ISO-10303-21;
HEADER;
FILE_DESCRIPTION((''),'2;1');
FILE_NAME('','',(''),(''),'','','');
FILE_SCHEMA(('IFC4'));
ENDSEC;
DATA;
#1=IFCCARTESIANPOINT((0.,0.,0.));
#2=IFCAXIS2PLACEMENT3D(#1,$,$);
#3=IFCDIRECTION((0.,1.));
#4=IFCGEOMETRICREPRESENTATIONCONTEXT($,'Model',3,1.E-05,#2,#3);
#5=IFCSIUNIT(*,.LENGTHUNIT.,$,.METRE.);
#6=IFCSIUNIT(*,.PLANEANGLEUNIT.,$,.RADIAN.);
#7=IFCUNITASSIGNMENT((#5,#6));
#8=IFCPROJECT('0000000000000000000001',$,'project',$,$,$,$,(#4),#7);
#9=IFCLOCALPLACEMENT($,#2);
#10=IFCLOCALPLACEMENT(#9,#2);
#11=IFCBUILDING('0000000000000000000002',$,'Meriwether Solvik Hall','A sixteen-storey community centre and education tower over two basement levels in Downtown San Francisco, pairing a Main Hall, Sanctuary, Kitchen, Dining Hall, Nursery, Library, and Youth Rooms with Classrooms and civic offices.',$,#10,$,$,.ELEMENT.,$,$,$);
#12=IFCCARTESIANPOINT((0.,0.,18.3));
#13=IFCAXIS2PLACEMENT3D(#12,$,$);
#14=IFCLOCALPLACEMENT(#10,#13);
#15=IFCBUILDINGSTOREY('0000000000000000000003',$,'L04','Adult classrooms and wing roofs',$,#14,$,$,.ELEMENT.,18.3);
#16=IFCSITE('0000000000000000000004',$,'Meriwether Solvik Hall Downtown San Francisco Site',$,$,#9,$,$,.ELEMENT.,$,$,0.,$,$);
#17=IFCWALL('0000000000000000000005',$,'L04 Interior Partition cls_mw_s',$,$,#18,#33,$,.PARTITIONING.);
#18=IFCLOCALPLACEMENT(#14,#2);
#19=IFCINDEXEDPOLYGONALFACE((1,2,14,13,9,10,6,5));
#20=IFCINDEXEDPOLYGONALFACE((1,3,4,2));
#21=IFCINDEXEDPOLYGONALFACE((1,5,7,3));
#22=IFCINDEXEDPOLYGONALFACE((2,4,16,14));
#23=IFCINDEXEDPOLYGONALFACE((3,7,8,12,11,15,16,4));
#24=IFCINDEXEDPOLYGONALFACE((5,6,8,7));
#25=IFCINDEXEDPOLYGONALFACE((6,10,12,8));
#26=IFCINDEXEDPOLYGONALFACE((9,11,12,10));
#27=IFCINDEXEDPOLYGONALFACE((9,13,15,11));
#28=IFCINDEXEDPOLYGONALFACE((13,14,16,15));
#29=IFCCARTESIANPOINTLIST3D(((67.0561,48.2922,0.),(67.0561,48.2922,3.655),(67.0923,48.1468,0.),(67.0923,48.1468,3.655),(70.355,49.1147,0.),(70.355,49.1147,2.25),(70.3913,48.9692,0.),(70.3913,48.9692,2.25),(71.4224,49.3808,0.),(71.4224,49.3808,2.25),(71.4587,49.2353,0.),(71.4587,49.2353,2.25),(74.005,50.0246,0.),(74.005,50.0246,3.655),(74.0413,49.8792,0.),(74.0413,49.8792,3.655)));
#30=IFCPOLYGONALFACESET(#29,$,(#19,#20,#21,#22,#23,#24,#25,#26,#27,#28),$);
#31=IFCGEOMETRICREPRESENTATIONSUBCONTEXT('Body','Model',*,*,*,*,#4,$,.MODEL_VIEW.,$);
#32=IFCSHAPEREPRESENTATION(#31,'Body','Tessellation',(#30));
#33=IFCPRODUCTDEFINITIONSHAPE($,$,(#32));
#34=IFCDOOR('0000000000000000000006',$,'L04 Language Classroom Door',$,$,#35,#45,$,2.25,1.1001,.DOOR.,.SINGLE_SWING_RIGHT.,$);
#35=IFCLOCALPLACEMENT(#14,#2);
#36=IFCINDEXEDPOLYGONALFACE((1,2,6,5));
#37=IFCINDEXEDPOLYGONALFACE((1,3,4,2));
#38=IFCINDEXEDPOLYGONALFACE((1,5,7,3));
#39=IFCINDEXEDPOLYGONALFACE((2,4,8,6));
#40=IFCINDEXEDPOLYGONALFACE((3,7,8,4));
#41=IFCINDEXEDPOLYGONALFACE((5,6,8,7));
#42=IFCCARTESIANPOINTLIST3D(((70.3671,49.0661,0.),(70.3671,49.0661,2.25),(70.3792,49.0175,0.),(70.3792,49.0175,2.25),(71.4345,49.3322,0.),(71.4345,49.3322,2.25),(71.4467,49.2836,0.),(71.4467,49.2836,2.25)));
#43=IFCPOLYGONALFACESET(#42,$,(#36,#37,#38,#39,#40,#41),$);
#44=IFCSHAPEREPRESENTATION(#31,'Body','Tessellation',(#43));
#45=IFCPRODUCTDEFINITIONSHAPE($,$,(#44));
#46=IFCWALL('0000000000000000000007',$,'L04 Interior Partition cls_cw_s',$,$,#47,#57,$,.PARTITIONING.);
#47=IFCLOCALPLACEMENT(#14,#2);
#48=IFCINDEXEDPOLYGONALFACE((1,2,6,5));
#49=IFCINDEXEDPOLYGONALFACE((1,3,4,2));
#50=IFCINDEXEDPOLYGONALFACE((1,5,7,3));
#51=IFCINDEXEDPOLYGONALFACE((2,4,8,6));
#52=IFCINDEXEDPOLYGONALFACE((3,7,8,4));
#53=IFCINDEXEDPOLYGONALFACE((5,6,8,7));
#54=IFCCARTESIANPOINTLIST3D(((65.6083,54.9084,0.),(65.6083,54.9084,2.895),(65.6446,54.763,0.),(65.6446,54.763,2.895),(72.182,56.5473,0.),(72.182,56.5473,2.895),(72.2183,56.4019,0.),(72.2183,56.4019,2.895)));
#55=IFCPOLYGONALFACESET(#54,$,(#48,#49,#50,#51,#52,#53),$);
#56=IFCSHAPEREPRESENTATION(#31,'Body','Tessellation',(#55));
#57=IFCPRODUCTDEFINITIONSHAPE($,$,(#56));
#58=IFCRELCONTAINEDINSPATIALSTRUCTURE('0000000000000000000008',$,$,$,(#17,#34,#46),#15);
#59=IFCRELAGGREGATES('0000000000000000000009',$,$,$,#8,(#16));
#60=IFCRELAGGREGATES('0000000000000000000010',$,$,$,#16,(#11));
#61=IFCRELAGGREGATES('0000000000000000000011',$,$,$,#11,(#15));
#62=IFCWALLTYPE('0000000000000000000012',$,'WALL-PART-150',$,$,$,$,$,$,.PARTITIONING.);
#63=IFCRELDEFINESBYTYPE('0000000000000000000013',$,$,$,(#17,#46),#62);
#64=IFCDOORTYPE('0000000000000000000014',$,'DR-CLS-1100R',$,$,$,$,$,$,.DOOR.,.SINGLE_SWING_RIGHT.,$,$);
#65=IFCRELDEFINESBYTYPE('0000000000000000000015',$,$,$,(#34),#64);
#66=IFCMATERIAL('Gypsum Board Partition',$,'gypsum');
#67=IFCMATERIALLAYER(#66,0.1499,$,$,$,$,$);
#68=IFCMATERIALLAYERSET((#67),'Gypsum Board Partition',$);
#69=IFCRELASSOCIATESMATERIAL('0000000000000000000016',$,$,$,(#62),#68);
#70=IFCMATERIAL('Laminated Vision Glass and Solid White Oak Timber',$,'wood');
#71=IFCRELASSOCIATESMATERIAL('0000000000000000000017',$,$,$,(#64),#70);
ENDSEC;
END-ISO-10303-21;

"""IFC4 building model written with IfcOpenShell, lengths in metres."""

from ifc_helpers import new_model, si_unit, direction, frame, frame_2d, origin, place, context, subcontext, project, spatial, rectangle, extrude, material, layer, layer_set, type_object, element, fill, save


model = new_model("IFC4")

# Units and contexts
model_context = context("Model", 3, precision=1e-05, world=origin(), true_north=direction((0.0, 1.0)))
body_context = subcontext(model_context, "Body", "Model", "MODEL_VIEW")
ifc_project = project(units=[si_unit("LENGTHUNIT", "METRE"), si_unit("PLANEANGLEUNIT", "RADIAN")], contexts=[model_context])

# Site, building, storey
site_placement = place(None, origin())
site = spatial("IfcSite", under=ifc_project, at=site_placement, Name="Meriwether Solvik Hall Downtown San Francisco Site", CompositionType="ELEMENT", RefElevation=0.0)
building_placement = place(site_placement, origin())
building = spatial("IfcBuilding", under=site, at=building_placement, Name="Meriwether Solvik Hall", Description="A sixteen-storey community centre and education tower over two basement levels in Downtown San Francisco, pairing a Main Hall, Sanctuary, Kitchen, Dining Hall, Nursery, Library, and Youth Rooms with Classrooms and civic offices.", CompositionType="ELEMENT")
storey_placement = place(building_placement, frame((0.0, 0.0, 18.3)))
storey = spatial("IfcBuildingStorey", under=building, at=storey_placement, Name="L04", Description="Adult classrooms and wing roofs", CompositionType="ELEMENT", Elevation=18.3)

# Wall, opening, door
ifc_material_1 = material(Name="Gypsum Board Partition", Category="gypsum")
ifc_layer_1 = layer(ifc_material_1, 0.1499)
ifc_layer_set_1 = layer_set([ifc_layer_1], Name="Gypsum Board Partition")
wall_type_1 = type_object("IfcWallType", Name="WALL-PART-150", PredefinedType="PARTITIONING", material=ifc_layer_set_1)
wall_1_placement = place(storey_placement, frame((67.0742, 48.2195, 0.0), z_axis=(0.0, 0.0, 1.0), x_axis=(0.970301, 0.241902, 0.0)))
wall_1 = element("IfcWall", 1, at=wall_1_placement, inside=storey, type_object=wall_type_1, Name="L04 Interior Partition cls_mw_s", PredefinedType="PARTITIONING", context=body_context, shape_type="SweptSolid", body=[
    extrude(rectangle(XDim=7.1616, YDim=0.1499, at=frame_2d((3.5808, 0.0))), origin(), (0.0, 0.0, 1.0), 3.655),
])
opening_placement = place(wall_1_placement, frame((3.3999, 0.0, 0.0)))
opening = element("IfcOpeningElement", 2, at=opening_placement, cuts=wall_1, PredefinedType="OPENING", context=body_context, shape_type="SweptSolid", body=[
    extrude(rectangle(XDim=1.1001, YDim=2.25, at=frame_2d((0.55, 1.125))), frame((0.0, 0.0869, 0.0), z_axis=(0.0, -1.0, 0.0), x_axis=(1.0, 0.0, 0.0)), (0.0, 0.0, 1.0), 0.1738),
])
ifc_material_2 = material(Name="Laminated Vision Glass and Solid White Oak Timber", Category="wood")
door_type = type_object("IfcDoorType", Name="DR-CLS-1100R", OperationType="SINGLE_SWING_RIGHT", PredefinedType="DOOR", material=ifc_material_2)
door_placement = place(opening_placement, origin())
door = element("IfcDoor", 3, at=door_placement, inside=storey, type_object=door_type, Name="L04 Language Classroom Door", OperationType="SINGLE_SWING_RIGHT", OverallHeight=2.25, OverallWidth=1.1001, PredefinedType="DOOR", context=body_context, shape_type="SweptSolid", body=[
    extrude(rectangle(XDim=1.1001, YDim=2.25, at=frame_2d((0.55, 1.125))), frame((0.0, 0.0249, 0.0), z_axis=(0.0, -1.0, 0.0), x_axis=(1.0, 0.0, 0.0)), (0.0, 0.0, 1.0), 0.05),
])
fill(opening, door)

# Wall
wall_2_placement = place(storey_placement, frame((65.6265, 54.8357, 0.0), z_axis=(0.0, 0.0, 1.0), x_axis=(0.970299, 0.241908, 0.0)))
element("IfcWall", 4, at=wall_2_placement, inside=storey, type_object=wall_type_1, Name="L04 Interior Partition cls_cw_s", PredefinedType="PARTITIONING", context=body_context, shape_type="SweptSolid", body=[
    extrude(rectangle(XDim=6.7749, YDim=0.1499, at=frame_2d((3.3875, 0.0))), origin(), (0.0, 0.0, 1.0), 2.895),
])

save(model, "model.ifc")
